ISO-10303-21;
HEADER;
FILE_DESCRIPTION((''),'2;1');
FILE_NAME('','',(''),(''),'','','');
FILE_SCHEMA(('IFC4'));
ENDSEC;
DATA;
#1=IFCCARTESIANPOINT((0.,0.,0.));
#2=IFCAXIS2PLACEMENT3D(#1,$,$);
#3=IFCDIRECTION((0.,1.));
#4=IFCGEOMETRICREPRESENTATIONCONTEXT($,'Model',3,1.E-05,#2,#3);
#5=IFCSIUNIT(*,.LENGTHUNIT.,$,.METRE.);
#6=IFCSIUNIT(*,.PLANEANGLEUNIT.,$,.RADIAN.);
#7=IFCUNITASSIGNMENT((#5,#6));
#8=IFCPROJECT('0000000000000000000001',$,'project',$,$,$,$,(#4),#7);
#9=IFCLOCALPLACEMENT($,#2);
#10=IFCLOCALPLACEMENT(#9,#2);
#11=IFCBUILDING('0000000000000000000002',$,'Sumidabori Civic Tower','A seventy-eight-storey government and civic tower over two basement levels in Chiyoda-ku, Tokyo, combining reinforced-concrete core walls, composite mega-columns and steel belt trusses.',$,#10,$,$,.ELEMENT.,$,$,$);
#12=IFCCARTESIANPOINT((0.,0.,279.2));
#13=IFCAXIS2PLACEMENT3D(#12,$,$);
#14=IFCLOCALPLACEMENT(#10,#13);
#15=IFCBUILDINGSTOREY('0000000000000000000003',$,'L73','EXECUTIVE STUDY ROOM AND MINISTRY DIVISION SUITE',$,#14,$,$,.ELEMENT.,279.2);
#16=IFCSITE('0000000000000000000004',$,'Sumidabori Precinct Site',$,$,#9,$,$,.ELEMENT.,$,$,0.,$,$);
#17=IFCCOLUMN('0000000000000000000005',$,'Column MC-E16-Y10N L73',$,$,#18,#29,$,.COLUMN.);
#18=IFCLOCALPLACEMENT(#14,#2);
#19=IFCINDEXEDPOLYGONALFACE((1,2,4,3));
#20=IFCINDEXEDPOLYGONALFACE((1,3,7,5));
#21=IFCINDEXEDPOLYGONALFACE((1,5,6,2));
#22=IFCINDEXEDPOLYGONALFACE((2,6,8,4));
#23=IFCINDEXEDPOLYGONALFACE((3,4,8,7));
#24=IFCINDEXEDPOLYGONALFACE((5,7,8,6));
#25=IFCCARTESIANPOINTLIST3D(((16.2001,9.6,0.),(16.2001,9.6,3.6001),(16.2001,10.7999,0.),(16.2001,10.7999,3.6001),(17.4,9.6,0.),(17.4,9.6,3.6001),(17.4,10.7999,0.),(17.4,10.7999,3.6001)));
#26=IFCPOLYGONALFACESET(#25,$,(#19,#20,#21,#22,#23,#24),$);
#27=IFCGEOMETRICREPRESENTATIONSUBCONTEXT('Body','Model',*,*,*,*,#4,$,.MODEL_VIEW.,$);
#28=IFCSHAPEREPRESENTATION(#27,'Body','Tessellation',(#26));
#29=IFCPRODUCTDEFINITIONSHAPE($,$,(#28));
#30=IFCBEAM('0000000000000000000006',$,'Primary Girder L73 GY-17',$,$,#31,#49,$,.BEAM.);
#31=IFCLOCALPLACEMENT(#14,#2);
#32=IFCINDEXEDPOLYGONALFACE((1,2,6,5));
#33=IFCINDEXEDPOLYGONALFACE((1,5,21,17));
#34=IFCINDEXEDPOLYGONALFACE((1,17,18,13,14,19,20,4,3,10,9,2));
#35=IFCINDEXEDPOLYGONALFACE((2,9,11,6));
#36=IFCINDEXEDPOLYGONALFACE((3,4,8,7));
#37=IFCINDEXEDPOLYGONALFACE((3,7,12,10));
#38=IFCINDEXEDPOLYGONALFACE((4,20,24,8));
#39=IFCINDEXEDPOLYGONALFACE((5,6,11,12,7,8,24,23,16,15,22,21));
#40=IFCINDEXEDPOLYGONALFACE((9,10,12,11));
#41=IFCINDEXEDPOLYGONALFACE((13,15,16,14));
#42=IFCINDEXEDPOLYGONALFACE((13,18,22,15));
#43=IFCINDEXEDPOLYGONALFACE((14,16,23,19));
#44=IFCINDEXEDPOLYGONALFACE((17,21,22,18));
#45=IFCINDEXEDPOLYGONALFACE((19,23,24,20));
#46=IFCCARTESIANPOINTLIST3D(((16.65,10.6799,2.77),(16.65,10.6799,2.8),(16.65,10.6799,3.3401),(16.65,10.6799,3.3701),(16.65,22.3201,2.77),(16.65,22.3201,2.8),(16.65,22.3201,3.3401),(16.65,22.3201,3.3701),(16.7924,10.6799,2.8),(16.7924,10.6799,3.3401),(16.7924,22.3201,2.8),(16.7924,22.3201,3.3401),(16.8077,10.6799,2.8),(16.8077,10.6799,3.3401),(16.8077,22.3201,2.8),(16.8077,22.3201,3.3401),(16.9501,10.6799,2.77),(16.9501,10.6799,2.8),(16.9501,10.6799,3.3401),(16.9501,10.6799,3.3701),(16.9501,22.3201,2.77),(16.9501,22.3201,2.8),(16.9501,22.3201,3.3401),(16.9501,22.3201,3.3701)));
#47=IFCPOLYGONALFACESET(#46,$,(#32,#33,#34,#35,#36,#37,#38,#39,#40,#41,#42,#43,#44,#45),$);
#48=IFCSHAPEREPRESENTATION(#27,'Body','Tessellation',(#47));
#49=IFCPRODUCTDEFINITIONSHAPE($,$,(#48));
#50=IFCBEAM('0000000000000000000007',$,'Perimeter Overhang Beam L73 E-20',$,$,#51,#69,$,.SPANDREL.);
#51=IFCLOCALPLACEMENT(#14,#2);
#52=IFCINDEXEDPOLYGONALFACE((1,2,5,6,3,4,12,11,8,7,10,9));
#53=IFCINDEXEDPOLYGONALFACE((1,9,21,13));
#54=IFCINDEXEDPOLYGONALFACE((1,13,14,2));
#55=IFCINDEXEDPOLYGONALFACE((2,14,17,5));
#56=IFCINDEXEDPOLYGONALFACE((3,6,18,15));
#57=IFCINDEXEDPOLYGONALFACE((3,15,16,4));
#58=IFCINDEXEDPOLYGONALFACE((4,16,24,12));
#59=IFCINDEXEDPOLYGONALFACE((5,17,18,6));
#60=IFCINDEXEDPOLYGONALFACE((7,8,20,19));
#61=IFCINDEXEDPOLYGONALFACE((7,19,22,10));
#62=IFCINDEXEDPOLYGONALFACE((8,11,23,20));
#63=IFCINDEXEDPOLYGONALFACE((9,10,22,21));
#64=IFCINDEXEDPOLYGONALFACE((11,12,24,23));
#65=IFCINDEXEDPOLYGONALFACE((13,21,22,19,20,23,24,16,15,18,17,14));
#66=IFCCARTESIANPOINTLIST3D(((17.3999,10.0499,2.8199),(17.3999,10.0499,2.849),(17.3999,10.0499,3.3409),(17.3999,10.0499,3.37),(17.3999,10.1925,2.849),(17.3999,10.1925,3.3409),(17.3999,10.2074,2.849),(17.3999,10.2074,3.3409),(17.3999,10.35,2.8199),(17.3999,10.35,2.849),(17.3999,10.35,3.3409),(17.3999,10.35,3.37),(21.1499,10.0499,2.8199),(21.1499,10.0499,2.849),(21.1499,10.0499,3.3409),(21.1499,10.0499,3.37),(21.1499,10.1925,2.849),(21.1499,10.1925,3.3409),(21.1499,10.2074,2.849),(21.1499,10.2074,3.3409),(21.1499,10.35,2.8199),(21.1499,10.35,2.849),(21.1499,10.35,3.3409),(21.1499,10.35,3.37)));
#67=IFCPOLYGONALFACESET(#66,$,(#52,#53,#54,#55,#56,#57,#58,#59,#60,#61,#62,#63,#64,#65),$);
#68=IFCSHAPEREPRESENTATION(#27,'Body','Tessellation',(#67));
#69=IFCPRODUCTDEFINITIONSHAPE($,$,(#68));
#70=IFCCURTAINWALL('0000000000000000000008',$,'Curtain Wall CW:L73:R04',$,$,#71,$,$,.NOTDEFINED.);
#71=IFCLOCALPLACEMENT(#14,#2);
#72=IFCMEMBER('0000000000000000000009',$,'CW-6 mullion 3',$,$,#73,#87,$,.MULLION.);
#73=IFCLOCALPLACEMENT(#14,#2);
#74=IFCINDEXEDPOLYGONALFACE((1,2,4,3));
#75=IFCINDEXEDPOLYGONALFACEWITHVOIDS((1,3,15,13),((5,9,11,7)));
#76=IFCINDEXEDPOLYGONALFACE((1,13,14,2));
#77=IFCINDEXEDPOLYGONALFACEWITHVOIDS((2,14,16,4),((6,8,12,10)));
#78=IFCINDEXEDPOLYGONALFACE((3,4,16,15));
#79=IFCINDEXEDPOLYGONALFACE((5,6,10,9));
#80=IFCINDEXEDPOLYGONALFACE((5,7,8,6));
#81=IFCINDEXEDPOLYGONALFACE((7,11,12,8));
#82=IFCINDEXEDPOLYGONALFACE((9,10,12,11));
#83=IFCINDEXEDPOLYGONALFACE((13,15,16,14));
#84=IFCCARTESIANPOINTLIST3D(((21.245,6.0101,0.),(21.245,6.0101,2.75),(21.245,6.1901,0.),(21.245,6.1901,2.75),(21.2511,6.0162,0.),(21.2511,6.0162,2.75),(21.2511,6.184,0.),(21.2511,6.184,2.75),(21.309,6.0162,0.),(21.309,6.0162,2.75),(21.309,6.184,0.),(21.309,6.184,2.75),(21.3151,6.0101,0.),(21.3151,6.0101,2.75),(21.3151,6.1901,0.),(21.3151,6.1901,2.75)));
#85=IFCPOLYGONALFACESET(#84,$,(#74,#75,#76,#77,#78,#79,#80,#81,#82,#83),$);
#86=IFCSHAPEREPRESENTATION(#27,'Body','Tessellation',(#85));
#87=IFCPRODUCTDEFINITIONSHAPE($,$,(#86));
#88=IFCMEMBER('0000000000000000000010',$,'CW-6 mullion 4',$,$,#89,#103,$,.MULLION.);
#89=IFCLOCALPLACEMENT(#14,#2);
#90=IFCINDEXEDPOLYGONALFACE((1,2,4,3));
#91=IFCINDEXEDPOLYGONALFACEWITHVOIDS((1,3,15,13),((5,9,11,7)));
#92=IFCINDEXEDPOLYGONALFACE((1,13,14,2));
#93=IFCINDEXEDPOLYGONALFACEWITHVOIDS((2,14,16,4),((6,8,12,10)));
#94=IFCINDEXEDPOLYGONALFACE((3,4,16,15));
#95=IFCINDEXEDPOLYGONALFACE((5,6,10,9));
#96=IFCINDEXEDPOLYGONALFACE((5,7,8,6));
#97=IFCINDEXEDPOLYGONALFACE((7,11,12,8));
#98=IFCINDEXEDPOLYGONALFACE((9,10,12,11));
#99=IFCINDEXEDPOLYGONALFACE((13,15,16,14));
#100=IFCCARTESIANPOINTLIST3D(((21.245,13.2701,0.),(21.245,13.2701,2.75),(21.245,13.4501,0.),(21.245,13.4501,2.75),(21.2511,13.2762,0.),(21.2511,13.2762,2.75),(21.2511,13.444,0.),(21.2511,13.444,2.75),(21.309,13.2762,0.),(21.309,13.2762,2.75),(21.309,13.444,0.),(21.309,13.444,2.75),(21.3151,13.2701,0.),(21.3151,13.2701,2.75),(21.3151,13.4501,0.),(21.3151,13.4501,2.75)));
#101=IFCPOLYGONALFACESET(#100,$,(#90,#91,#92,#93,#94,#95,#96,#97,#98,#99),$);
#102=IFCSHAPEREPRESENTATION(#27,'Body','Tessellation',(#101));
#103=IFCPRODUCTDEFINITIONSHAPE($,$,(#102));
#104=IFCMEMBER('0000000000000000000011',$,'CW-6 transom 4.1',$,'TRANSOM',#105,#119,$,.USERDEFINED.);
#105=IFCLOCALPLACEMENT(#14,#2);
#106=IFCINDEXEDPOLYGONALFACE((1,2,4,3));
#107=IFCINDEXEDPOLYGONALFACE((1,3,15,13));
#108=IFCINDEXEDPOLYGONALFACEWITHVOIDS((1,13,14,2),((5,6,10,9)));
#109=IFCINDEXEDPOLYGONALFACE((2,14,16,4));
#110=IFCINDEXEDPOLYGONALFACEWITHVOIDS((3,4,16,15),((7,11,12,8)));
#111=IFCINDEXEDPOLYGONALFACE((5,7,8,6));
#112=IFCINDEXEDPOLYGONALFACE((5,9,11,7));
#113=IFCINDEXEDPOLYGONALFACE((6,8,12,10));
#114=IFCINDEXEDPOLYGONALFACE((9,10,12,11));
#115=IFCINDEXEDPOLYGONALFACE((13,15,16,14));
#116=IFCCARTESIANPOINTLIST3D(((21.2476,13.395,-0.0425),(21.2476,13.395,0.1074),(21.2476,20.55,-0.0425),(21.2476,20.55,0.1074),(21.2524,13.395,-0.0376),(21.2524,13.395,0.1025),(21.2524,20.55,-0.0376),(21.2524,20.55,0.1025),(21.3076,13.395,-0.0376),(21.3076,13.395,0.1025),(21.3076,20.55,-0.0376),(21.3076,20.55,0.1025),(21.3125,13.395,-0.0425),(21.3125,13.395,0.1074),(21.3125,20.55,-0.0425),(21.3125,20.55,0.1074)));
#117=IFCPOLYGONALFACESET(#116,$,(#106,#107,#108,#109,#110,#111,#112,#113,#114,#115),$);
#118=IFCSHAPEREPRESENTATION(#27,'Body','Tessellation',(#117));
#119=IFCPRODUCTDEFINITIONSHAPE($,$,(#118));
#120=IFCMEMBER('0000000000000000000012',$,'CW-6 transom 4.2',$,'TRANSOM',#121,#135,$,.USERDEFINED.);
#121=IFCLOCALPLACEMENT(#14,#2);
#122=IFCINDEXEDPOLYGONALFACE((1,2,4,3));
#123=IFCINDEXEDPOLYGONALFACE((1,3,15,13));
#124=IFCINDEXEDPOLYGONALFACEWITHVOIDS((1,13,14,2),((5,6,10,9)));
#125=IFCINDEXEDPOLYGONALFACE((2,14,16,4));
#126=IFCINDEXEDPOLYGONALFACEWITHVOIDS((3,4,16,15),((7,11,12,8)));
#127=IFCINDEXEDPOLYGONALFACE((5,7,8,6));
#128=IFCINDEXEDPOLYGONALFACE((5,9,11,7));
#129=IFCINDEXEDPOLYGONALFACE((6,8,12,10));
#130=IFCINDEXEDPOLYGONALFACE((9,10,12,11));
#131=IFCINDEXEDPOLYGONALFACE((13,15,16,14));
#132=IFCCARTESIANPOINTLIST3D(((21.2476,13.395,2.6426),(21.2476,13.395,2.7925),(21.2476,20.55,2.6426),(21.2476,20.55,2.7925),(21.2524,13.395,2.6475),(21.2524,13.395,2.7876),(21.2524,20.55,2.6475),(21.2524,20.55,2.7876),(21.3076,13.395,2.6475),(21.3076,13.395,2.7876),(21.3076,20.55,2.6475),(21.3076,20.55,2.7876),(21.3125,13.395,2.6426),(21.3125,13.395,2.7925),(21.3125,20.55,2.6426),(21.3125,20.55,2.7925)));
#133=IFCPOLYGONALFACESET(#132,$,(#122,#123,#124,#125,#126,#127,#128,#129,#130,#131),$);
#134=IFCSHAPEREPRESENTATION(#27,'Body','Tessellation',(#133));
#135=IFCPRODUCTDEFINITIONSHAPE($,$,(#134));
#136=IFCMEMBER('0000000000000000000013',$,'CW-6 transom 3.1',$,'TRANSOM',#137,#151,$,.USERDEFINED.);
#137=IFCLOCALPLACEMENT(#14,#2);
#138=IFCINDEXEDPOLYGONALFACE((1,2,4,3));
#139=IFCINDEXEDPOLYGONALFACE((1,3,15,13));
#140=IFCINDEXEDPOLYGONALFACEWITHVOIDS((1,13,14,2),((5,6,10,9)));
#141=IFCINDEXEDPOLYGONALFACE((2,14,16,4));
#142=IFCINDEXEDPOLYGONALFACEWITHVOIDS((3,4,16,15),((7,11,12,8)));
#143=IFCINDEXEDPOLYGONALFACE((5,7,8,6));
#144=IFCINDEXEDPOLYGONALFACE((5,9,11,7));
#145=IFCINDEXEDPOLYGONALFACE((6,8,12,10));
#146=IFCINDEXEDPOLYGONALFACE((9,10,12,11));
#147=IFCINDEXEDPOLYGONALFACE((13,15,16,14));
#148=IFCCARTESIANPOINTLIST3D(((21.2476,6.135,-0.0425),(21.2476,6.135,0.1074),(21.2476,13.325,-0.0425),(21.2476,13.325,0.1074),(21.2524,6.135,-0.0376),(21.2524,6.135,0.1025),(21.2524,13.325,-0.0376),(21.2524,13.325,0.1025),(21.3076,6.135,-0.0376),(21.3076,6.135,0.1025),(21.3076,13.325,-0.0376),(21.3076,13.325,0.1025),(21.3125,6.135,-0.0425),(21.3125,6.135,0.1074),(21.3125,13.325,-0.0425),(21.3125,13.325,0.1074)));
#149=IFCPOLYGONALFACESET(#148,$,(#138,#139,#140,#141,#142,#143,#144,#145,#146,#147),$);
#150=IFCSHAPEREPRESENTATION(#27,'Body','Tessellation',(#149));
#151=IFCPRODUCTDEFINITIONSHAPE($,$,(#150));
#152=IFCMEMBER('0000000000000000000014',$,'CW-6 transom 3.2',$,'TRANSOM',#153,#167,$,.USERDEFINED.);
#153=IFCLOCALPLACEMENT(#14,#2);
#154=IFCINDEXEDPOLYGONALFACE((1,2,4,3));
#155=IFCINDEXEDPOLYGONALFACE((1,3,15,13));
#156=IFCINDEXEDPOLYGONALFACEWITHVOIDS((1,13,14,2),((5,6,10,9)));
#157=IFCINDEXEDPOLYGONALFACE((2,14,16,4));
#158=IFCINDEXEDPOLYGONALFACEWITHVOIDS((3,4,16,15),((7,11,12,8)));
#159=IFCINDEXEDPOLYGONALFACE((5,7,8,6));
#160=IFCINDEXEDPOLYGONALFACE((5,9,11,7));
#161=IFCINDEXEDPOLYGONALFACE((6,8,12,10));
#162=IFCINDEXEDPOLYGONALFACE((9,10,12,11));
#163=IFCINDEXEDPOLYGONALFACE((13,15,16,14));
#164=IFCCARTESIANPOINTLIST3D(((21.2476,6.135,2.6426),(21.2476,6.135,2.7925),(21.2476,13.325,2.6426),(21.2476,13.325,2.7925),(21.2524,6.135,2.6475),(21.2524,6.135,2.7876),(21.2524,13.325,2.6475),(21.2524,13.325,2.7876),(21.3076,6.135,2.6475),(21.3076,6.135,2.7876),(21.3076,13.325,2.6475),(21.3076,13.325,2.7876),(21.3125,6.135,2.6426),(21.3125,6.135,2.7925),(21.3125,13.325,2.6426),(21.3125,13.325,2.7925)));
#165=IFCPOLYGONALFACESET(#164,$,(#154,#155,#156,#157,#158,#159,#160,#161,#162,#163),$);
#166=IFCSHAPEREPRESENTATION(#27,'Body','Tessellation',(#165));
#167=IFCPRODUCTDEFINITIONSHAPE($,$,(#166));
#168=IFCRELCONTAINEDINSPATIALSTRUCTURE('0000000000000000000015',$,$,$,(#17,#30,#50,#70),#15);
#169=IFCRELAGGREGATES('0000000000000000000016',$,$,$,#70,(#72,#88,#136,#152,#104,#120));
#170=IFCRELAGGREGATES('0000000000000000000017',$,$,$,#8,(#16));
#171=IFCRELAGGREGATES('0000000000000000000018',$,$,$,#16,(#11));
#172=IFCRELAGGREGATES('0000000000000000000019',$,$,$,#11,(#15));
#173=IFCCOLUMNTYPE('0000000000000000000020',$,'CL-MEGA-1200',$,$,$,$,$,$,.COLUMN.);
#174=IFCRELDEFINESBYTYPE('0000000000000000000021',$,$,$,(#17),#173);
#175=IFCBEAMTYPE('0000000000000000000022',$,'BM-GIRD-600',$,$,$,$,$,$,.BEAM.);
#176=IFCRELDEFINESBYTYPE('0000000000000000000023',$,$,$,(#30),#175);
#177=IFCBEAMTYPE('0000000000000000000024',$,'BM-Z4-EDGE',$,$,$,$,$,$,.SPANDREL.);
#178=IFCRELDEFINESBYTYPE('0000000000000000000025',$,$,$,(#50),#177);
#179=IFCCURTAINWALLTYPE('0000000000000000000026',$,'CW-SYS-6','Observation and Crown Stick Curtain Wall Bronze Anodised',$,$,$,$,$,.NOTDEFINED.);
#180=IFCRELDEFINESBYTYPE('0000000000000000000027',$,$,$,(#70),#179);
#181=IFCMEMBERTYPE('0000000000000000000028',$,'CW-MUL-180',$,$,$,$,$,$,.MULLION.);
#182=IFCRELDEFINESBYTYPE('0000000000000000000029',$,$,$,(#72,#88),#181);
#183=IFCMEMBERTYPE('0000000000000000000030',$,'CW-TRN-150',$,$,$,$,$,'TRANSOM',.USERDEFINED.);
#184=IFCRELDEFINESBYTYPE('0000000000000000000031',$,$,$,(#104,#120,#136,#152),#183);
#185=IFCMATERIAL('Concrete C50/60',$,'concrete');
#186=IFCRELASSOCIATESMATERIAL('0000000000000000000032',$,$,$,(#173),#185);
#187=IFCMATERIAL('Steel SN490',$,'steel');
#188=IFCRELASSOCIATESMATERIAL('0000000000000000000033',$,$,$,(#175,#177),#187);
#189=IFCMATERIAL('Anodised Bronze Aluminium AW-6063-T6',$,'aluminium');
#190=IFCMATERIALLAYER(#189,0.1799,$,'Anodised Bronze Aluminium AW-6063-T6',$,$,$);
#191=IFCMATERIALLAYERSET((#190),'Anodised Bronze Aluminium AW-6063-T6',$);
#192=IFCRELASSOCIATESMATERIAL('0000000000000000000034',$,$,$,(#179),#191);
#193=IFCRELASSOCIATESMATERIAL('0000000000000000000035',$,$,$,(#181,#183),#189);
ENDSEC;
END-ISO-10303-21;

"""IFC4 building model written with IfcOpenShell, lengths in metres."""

from ifc_helpers import new_model, si_unit, direction, frame, origin, origin_2d, place, context, subcontext, project, spatial, rectangle, hollow_rectangle, i_section, extrude, source, transform, mapped, material, layer, layer_set, material_profile, profile_set, type_object, element, aggregate, save


model = new_model("IFC4")

# Units and contexts
model_context = context("Model", 3, precision=1e-05, world=origin(), true_north=direction((0.0, 1.0)))
body_context = subcontext(model_context, "Body", "Model", "MODEL_VIEW")
ifc_project = project(units=[si_unit("LENGTHUNIT", "METRE"), si_unit("PLANEANGLEUNIT", "RADIAN")], contexts=[model_context])

# Site, building, storey
site_placement = place(None, origin())
site = spatial("IfcSite", under=ifc_project, at=site_placement, Name="Sumidabori Precinct Site", CompositionType="ELEMENT", RefElevation=0.0)
building_placement = place(site_placement, origin())
building = spatial("IfcBuilding", under=site, at=building_placement, Name="Sumidabori Civic Tower", Description="A seventy-eight-storey government and civic tower over two basement levels in Chiyoda-ku, Tokyo, combining reinforced-concrete core walls, composite mega-columns and steel belt trusses.", CompositionType="ELEMENT")
storey_placement = place(building_placement, frame((0.0, 0.0, 279.2)))
storey = spatial("IfcBuildingStorey", under=building, at=storey_placement, Name="L73", Description="EXECUTIVE STUDY ROOM AND MINISTRY DIVISION SUITE", CompositionType="ELEMENT", Elevation=279.2)

# Column
ifc_material_1 = material(Name="Concrete C50/60", Category="concrete")
ifc_material_profile_1 = material_profile(ifc_material_1, rectangle(XDim=1.2, YDim=1.2, at=origin_2d()), Name="RC 1200x1200")
ifc_profile_set_1 = profile_set([ifc_material_profile_1], Name="Concrete C50/60")
column_type = type_object("IfcColumnType", Name="CL-MEGA-1200", PredefinedType="COLUMN", material=ifc_profile_set_1)
shared_shape_1 = source(origin(), body_context, "Body", "SweptSolid", [
    extrude(rectangle(XDim=1.2, YDim=1.2, at=origin_2d()), origin(), (0.0, 0.0, 1.0), 3.6001),
])
column_placement = place(storey_placement, frame((16.8, 10.2, 0.0), z_axis=(0.0, 0.0, 1.0), x_axis=(1.0, 0.0, 0.0)))
element("IfcColumn", 1, at=column_placement, inside=storey, type_object=column_type, Name="Column MC-E16-Y10N L73", PredefinedType="COLUMN", context=body_context, shape_type="MappedRepresentation", body=[
    mapped(shared_shape_1, transform((0.0, 0.0, 0.0), x_axis=(1.0, 0.0, 0.0), y_axis=(0.0, 1.0, 0.0), z_axis=(0.0, 0.0, 1.0), scale=1.0)),
])

# Beams
ifc_material_2 = material(Name="Steel SN490", Category="steel")
ifc_material_profile_2 = material_profile(ifc_material_2, i_section(OverallWidth=0.3, OverallDepth=0.6001, WebThickness=0.0154, FlangeThickness=0.03, at=origin_2d()), Name="HE 600 B")
ifc_profile_set_2 = profile_set([ifc_material_profile_2], Name="Steel SN490")
beam_type_1 = type_object("IfcBeamType", Name="BM-GIRD-600", PredefinedType="BEAM", material=ifc_profile_set_2)
shared_shape_2 = source(origin(), body_context, "Body", "SweptSolid", [
    extrude(i_section(OverallWidth=0.3, OverallDepth=0.6001, WebThickness=0.0154, FlangeThickness=0.03, at=origin_2d()), origin(), (0.0, 0.0, 1.0), 11.6401),
])
beam_1_placement = place(storey_placement, frame((16.8, 10.6799, 3.0701), z_axis=(0.0, 1.0, 0.0), x_axis=(-1.0, 0.0, 0.0)))
element("IfcBeam", 2, at=beam_1_placement, inside=storey, type_object=beam_type_1, Name="Primary Girder L73 GY-17", PredefinedType="BEAM", context=body_context, shape_type="MappedRepresentation", body=[
    mapped(shared_shape_2, transform((0.0, 0.0, 0.0), x_axis=(1.0, 0.0, 0.0), y_axis=(0.0, 1.0, 0.0), z_axis=(0.0, 0.0, 1.0), scale=1.0)),
])
ifc_material_profile_3 = material_profile(ifc_material_2, i_section(OverallWidth=0.3, OverallDepth=0.55, WebThickness=0.0149, FlangeThickness=0.0291, at=origin_2d()), Name="HE 550 B")
ifc_profile_set_3 = profile_set([ifc_material_profile_3], Name="Steel SN490")
beam_type_2 = type_object("IfcBeamType", Name="BM-Z4-EDGE", PredefinedType="SPANDREL", material=ifc_profile_set_3)
shared_shape_3 = source(origin(), body_context, "Body", "SweptSolid", [
    extrude(i_section(OverallWidth=0.3, OverallDepth=0.55, WebThickness=0.0149, FlangeThickness=0.0291, at=origin_2d()), origin(), (0.0, 0.0, 1.0), 3.75),
])
beam_2_placement = place(storey_placement, frame((17.3999, 10.2, 3.095), z_axis=(1.0, 0.0, 0.0), x_axis=(0.0, 1.0, 0.0)))
element("IfcBeam", 3, at=beam_2_placement, inside=storey, type_object=beam_type_2, Name="Perimeter Overhang Beam L73 E-20", PredefinedType="SPANDREL", context=body_context, shape_type="MappedRepresentation", body=[
    mapped(shared_shape_3, transform((0.0, 0.0, 0.0), x_axis=(1.0, 0.0, 0.0), y_axis=(0.0, 1.0, 0.0), z_axis=(0.0, 0.0, 1.0), scale=1.0)),
])

# Curtain wall, members
ifc_material_3 = material(Name="Anodised Bronze Aluminium AW-6063-T6", Category="aluminium")
ifc_layer_1 = layer(ifc_material_3, 0.1799, Name="Anodised Bronze Aluminium AW-6063-T6")
ifc_layer_set_1 = layer_set([ifc_layer_1], Name="Anodised Bronze Aluminium AW-6063-T6")
curtain_wall_type = type_object("IfcCurtainWallType", Name="CW-SYS-6", Description="Observation and Crown Stick Curtain Wall Bronze Anodised", PredefinedType="NOTDEFINED", material=ifc_layer_set_1)
curtain_wall_placement = place(storey_placement, origin())
curtain_wall = element("IfcCurtainWall", 4, at=curtain_wall_placement, inside=storey, type_object=curtain_wall_type, Name="Curtain Wall CW:L73:R04", PredefinedType="NOTDEFINED")
ifc_material_profile_4 = material_profile(ifc_material_3, hollow_rectangle(XDim=0.0701, YDim=0.1799, WallThickness=0.0061, at=origin_2d()), Name="ALU MULLION 180x70")
ifc_profile_set_4 = profile_set([ifc_material_profile_4], Name="Anodised Bronze Aluminium AW-6063-T6")
member_type_1 = type_object("IfcMemberType", Name="CW-MUL-180", PredefinedType="MULLION", material=ifc_profile_set_4)
shared_shape_4 = source(origin(), body_context, "Body", "SweptSolid", [
    extrude(hollow_rectangle(XDim=0.0701, YDim=0.1799, WallThickness=0.0061, at=origin_2d()), origin(), (0.0, 0.0, 1.0), 2.75),
])
member_1_placement = place(storey_placement, frame((21.28, 6.1001, 0.0), z_axis=(0.0, 0.0, 1.0), x_axis=(-1.0, 0.0, 0.0)))
member_1 = element("IfcMember", 5, at=member_1_placement, type_object=member_type_1, Name="CW-6 mullion 3", PredefinedType="MULLION", context=body_context, shape_type="MappedRepresentation", body=[
    mapped(shared_shape_4, transform((0.0, 0.0, 0.0), x_axis=(1.0, 0.0, 0.0), y_axis=(0.0, 1.0, 0.0), z_axis=(0.0, 0.0, 1.0), scale=1.0)),
])
member_2_placement = place(storey_placement, frame((21.28, 13.3601, 0.0), z_axis=(0.0, 0.0, 1.0), x_axis=(-1.0, 0.0, 0.0)))
member_2 = element("IfcMember", 6, at=member_2_placement, type_object=member_type_1, Name="CW-6 mullion 4", PredefinedType="MULLION", context=body_context, shape_type="MappedRepresentation", body=[
    mapped(shared_shape_4, transform((0.0, 0.0, 0.0), x_axis=(1.0, 0.0, 0.0), y_axis=(0.0, 1.0, 0.0), z_axis=(0.0, 0.0, 1.0), scale=1.0)),
])
ifc_material_profile_5 = material_profile(ifc_material_3, hollow_rectangle(XDim=0.0649, YDim=0.1499, WallThickness=0.0049, at=origin_2d()), Name="ALU TRANSOM 150x65")
ifc_profile_set_5 = profile_set([ifc_material_profile_5], Name="Anodised Bronze Aluminium AW-6063-T6")
member_type_2 = type_object("IfcMemberType", Name="CW-TRN-150", ElementType="TRANSOM", PredefinedType="USERDEFINED", material=ifc_profile_set_5)
shared_shape_5 = source(origin(), body_context, "Body", "SweptSolid", [
    extrude(hollow_rectangle(XDim=0.0649, YDim=0.1499, WallThickness=0.0049, at=origin_2d()), origin(), (0.0, 0.0, 1.0), 7.155),
])
member_3_placement = place(storey_placement, frame((21.28, 13.395, 0.0325), z_axis=(0.0, 1.0, 0.0), x_axis=(-1.0, 0.0, 0.0)))
member_3 = element("IfcMember", 7, at=member_3_placement, type_object=member_type_2, Name="CW-6 transom 4.1", ObjectType="TRANSOM", PredefinedType="USERDEFINED", context=body_context, shape_type="MappedRepresentation", body=[
    mapped(shared_shape_5, transform((0.0, 0.0, 0.0), x_axis=(1.0, 0.0, 0.0), y_axis=(0.0, 1.0, 0.0), z_axis=(0.0, 0.0, 1.0), scale=1.0)),
])
member_4_placement = place(storey_placement, frame((21.28, 13.395, 2.7175), z_axis=(0.0, 1.0, 0.0), x_axis=(-1.0, 0.0, 0.0)))
member_4 = element("IfcMember", 8, at=member_4_placement, type_object=member_type_2, Name="CW-6 transom 4.2", ObjectType="TRANSOM", PredefinedType="USERDEFINED", context=body_context, shape_type="MappedRepresentation", body=[
    mapped(shared_shape_5, transform((0.0, 0.0, 0.0), x_axis=(1.0, 0.0, 0.0), y_axis=(0.0, 1.0, 0.0), z_axis=(0.0, 0.0, 1.0), scale=1.0)),
])
shared_shape_6 = source(origin(), body_context, "Body", "SweptSolid", [
    extrude(hollow_rectangle(XDim=0.0649, YDim=0.1499, WallThickness=0.0049, at=origin_2d()), origin(), (0.0, 0.0, 1.0), 7.1899),
])
member_5_placement = place(storey_placement, frame((21.28, 6.135, 0.0325), z_axis=(0.0, 1.0, 0.0), x_axis=(-1.0, 0.0, 0.0)))
member_5 = element("IfcMember", 9, at=member_5_placement, type_object=member_type_2, Name="CW-6 transom 3.1", ObjectType="TRANSOM", PredefinedType="USERDEFINED", context=body_context, shape_type="MappedRepresentation", body=[
    mapped(shared_shape_6, transform((0.0, 0.0, 0.0), x_axis=(1.0, 0.0, 0.0), y_axis=(0.0, 1.0, 0.0), z_axis=(0.0, 0.0, 1.0), scale=1.0)),
])
member_6_placement = place(storey_placement, frame((21.28, 6.135, 2.7175), z_axis=(0.0, 1.0, 0.0), x_axis=(-1.0, 0.0, 0.0)))
member_6 = element("IfcMember", 10, at=member_6_placement, type_object=member_type_2, Name="CW-6 transom 3.2", ObjectType="TRANSOM", PredefinedType="USERDEFINED", context=body_context, shape_type="MappedRepresentation", body=[
    mapped(shared_shape_6, transform((0.0, 0.0, 0.0), x_axis=(1.0, 0.0, 0.0), y_axis=(0.0, 1.0, 0.0), z_axis=(0.0, 0.0, 1.0), scale=1.0)),
])
aggregate(curtain_wall, [member_1, member_2, member_5, member_6, member_3, member_4])

save(model, "model.ifc")
